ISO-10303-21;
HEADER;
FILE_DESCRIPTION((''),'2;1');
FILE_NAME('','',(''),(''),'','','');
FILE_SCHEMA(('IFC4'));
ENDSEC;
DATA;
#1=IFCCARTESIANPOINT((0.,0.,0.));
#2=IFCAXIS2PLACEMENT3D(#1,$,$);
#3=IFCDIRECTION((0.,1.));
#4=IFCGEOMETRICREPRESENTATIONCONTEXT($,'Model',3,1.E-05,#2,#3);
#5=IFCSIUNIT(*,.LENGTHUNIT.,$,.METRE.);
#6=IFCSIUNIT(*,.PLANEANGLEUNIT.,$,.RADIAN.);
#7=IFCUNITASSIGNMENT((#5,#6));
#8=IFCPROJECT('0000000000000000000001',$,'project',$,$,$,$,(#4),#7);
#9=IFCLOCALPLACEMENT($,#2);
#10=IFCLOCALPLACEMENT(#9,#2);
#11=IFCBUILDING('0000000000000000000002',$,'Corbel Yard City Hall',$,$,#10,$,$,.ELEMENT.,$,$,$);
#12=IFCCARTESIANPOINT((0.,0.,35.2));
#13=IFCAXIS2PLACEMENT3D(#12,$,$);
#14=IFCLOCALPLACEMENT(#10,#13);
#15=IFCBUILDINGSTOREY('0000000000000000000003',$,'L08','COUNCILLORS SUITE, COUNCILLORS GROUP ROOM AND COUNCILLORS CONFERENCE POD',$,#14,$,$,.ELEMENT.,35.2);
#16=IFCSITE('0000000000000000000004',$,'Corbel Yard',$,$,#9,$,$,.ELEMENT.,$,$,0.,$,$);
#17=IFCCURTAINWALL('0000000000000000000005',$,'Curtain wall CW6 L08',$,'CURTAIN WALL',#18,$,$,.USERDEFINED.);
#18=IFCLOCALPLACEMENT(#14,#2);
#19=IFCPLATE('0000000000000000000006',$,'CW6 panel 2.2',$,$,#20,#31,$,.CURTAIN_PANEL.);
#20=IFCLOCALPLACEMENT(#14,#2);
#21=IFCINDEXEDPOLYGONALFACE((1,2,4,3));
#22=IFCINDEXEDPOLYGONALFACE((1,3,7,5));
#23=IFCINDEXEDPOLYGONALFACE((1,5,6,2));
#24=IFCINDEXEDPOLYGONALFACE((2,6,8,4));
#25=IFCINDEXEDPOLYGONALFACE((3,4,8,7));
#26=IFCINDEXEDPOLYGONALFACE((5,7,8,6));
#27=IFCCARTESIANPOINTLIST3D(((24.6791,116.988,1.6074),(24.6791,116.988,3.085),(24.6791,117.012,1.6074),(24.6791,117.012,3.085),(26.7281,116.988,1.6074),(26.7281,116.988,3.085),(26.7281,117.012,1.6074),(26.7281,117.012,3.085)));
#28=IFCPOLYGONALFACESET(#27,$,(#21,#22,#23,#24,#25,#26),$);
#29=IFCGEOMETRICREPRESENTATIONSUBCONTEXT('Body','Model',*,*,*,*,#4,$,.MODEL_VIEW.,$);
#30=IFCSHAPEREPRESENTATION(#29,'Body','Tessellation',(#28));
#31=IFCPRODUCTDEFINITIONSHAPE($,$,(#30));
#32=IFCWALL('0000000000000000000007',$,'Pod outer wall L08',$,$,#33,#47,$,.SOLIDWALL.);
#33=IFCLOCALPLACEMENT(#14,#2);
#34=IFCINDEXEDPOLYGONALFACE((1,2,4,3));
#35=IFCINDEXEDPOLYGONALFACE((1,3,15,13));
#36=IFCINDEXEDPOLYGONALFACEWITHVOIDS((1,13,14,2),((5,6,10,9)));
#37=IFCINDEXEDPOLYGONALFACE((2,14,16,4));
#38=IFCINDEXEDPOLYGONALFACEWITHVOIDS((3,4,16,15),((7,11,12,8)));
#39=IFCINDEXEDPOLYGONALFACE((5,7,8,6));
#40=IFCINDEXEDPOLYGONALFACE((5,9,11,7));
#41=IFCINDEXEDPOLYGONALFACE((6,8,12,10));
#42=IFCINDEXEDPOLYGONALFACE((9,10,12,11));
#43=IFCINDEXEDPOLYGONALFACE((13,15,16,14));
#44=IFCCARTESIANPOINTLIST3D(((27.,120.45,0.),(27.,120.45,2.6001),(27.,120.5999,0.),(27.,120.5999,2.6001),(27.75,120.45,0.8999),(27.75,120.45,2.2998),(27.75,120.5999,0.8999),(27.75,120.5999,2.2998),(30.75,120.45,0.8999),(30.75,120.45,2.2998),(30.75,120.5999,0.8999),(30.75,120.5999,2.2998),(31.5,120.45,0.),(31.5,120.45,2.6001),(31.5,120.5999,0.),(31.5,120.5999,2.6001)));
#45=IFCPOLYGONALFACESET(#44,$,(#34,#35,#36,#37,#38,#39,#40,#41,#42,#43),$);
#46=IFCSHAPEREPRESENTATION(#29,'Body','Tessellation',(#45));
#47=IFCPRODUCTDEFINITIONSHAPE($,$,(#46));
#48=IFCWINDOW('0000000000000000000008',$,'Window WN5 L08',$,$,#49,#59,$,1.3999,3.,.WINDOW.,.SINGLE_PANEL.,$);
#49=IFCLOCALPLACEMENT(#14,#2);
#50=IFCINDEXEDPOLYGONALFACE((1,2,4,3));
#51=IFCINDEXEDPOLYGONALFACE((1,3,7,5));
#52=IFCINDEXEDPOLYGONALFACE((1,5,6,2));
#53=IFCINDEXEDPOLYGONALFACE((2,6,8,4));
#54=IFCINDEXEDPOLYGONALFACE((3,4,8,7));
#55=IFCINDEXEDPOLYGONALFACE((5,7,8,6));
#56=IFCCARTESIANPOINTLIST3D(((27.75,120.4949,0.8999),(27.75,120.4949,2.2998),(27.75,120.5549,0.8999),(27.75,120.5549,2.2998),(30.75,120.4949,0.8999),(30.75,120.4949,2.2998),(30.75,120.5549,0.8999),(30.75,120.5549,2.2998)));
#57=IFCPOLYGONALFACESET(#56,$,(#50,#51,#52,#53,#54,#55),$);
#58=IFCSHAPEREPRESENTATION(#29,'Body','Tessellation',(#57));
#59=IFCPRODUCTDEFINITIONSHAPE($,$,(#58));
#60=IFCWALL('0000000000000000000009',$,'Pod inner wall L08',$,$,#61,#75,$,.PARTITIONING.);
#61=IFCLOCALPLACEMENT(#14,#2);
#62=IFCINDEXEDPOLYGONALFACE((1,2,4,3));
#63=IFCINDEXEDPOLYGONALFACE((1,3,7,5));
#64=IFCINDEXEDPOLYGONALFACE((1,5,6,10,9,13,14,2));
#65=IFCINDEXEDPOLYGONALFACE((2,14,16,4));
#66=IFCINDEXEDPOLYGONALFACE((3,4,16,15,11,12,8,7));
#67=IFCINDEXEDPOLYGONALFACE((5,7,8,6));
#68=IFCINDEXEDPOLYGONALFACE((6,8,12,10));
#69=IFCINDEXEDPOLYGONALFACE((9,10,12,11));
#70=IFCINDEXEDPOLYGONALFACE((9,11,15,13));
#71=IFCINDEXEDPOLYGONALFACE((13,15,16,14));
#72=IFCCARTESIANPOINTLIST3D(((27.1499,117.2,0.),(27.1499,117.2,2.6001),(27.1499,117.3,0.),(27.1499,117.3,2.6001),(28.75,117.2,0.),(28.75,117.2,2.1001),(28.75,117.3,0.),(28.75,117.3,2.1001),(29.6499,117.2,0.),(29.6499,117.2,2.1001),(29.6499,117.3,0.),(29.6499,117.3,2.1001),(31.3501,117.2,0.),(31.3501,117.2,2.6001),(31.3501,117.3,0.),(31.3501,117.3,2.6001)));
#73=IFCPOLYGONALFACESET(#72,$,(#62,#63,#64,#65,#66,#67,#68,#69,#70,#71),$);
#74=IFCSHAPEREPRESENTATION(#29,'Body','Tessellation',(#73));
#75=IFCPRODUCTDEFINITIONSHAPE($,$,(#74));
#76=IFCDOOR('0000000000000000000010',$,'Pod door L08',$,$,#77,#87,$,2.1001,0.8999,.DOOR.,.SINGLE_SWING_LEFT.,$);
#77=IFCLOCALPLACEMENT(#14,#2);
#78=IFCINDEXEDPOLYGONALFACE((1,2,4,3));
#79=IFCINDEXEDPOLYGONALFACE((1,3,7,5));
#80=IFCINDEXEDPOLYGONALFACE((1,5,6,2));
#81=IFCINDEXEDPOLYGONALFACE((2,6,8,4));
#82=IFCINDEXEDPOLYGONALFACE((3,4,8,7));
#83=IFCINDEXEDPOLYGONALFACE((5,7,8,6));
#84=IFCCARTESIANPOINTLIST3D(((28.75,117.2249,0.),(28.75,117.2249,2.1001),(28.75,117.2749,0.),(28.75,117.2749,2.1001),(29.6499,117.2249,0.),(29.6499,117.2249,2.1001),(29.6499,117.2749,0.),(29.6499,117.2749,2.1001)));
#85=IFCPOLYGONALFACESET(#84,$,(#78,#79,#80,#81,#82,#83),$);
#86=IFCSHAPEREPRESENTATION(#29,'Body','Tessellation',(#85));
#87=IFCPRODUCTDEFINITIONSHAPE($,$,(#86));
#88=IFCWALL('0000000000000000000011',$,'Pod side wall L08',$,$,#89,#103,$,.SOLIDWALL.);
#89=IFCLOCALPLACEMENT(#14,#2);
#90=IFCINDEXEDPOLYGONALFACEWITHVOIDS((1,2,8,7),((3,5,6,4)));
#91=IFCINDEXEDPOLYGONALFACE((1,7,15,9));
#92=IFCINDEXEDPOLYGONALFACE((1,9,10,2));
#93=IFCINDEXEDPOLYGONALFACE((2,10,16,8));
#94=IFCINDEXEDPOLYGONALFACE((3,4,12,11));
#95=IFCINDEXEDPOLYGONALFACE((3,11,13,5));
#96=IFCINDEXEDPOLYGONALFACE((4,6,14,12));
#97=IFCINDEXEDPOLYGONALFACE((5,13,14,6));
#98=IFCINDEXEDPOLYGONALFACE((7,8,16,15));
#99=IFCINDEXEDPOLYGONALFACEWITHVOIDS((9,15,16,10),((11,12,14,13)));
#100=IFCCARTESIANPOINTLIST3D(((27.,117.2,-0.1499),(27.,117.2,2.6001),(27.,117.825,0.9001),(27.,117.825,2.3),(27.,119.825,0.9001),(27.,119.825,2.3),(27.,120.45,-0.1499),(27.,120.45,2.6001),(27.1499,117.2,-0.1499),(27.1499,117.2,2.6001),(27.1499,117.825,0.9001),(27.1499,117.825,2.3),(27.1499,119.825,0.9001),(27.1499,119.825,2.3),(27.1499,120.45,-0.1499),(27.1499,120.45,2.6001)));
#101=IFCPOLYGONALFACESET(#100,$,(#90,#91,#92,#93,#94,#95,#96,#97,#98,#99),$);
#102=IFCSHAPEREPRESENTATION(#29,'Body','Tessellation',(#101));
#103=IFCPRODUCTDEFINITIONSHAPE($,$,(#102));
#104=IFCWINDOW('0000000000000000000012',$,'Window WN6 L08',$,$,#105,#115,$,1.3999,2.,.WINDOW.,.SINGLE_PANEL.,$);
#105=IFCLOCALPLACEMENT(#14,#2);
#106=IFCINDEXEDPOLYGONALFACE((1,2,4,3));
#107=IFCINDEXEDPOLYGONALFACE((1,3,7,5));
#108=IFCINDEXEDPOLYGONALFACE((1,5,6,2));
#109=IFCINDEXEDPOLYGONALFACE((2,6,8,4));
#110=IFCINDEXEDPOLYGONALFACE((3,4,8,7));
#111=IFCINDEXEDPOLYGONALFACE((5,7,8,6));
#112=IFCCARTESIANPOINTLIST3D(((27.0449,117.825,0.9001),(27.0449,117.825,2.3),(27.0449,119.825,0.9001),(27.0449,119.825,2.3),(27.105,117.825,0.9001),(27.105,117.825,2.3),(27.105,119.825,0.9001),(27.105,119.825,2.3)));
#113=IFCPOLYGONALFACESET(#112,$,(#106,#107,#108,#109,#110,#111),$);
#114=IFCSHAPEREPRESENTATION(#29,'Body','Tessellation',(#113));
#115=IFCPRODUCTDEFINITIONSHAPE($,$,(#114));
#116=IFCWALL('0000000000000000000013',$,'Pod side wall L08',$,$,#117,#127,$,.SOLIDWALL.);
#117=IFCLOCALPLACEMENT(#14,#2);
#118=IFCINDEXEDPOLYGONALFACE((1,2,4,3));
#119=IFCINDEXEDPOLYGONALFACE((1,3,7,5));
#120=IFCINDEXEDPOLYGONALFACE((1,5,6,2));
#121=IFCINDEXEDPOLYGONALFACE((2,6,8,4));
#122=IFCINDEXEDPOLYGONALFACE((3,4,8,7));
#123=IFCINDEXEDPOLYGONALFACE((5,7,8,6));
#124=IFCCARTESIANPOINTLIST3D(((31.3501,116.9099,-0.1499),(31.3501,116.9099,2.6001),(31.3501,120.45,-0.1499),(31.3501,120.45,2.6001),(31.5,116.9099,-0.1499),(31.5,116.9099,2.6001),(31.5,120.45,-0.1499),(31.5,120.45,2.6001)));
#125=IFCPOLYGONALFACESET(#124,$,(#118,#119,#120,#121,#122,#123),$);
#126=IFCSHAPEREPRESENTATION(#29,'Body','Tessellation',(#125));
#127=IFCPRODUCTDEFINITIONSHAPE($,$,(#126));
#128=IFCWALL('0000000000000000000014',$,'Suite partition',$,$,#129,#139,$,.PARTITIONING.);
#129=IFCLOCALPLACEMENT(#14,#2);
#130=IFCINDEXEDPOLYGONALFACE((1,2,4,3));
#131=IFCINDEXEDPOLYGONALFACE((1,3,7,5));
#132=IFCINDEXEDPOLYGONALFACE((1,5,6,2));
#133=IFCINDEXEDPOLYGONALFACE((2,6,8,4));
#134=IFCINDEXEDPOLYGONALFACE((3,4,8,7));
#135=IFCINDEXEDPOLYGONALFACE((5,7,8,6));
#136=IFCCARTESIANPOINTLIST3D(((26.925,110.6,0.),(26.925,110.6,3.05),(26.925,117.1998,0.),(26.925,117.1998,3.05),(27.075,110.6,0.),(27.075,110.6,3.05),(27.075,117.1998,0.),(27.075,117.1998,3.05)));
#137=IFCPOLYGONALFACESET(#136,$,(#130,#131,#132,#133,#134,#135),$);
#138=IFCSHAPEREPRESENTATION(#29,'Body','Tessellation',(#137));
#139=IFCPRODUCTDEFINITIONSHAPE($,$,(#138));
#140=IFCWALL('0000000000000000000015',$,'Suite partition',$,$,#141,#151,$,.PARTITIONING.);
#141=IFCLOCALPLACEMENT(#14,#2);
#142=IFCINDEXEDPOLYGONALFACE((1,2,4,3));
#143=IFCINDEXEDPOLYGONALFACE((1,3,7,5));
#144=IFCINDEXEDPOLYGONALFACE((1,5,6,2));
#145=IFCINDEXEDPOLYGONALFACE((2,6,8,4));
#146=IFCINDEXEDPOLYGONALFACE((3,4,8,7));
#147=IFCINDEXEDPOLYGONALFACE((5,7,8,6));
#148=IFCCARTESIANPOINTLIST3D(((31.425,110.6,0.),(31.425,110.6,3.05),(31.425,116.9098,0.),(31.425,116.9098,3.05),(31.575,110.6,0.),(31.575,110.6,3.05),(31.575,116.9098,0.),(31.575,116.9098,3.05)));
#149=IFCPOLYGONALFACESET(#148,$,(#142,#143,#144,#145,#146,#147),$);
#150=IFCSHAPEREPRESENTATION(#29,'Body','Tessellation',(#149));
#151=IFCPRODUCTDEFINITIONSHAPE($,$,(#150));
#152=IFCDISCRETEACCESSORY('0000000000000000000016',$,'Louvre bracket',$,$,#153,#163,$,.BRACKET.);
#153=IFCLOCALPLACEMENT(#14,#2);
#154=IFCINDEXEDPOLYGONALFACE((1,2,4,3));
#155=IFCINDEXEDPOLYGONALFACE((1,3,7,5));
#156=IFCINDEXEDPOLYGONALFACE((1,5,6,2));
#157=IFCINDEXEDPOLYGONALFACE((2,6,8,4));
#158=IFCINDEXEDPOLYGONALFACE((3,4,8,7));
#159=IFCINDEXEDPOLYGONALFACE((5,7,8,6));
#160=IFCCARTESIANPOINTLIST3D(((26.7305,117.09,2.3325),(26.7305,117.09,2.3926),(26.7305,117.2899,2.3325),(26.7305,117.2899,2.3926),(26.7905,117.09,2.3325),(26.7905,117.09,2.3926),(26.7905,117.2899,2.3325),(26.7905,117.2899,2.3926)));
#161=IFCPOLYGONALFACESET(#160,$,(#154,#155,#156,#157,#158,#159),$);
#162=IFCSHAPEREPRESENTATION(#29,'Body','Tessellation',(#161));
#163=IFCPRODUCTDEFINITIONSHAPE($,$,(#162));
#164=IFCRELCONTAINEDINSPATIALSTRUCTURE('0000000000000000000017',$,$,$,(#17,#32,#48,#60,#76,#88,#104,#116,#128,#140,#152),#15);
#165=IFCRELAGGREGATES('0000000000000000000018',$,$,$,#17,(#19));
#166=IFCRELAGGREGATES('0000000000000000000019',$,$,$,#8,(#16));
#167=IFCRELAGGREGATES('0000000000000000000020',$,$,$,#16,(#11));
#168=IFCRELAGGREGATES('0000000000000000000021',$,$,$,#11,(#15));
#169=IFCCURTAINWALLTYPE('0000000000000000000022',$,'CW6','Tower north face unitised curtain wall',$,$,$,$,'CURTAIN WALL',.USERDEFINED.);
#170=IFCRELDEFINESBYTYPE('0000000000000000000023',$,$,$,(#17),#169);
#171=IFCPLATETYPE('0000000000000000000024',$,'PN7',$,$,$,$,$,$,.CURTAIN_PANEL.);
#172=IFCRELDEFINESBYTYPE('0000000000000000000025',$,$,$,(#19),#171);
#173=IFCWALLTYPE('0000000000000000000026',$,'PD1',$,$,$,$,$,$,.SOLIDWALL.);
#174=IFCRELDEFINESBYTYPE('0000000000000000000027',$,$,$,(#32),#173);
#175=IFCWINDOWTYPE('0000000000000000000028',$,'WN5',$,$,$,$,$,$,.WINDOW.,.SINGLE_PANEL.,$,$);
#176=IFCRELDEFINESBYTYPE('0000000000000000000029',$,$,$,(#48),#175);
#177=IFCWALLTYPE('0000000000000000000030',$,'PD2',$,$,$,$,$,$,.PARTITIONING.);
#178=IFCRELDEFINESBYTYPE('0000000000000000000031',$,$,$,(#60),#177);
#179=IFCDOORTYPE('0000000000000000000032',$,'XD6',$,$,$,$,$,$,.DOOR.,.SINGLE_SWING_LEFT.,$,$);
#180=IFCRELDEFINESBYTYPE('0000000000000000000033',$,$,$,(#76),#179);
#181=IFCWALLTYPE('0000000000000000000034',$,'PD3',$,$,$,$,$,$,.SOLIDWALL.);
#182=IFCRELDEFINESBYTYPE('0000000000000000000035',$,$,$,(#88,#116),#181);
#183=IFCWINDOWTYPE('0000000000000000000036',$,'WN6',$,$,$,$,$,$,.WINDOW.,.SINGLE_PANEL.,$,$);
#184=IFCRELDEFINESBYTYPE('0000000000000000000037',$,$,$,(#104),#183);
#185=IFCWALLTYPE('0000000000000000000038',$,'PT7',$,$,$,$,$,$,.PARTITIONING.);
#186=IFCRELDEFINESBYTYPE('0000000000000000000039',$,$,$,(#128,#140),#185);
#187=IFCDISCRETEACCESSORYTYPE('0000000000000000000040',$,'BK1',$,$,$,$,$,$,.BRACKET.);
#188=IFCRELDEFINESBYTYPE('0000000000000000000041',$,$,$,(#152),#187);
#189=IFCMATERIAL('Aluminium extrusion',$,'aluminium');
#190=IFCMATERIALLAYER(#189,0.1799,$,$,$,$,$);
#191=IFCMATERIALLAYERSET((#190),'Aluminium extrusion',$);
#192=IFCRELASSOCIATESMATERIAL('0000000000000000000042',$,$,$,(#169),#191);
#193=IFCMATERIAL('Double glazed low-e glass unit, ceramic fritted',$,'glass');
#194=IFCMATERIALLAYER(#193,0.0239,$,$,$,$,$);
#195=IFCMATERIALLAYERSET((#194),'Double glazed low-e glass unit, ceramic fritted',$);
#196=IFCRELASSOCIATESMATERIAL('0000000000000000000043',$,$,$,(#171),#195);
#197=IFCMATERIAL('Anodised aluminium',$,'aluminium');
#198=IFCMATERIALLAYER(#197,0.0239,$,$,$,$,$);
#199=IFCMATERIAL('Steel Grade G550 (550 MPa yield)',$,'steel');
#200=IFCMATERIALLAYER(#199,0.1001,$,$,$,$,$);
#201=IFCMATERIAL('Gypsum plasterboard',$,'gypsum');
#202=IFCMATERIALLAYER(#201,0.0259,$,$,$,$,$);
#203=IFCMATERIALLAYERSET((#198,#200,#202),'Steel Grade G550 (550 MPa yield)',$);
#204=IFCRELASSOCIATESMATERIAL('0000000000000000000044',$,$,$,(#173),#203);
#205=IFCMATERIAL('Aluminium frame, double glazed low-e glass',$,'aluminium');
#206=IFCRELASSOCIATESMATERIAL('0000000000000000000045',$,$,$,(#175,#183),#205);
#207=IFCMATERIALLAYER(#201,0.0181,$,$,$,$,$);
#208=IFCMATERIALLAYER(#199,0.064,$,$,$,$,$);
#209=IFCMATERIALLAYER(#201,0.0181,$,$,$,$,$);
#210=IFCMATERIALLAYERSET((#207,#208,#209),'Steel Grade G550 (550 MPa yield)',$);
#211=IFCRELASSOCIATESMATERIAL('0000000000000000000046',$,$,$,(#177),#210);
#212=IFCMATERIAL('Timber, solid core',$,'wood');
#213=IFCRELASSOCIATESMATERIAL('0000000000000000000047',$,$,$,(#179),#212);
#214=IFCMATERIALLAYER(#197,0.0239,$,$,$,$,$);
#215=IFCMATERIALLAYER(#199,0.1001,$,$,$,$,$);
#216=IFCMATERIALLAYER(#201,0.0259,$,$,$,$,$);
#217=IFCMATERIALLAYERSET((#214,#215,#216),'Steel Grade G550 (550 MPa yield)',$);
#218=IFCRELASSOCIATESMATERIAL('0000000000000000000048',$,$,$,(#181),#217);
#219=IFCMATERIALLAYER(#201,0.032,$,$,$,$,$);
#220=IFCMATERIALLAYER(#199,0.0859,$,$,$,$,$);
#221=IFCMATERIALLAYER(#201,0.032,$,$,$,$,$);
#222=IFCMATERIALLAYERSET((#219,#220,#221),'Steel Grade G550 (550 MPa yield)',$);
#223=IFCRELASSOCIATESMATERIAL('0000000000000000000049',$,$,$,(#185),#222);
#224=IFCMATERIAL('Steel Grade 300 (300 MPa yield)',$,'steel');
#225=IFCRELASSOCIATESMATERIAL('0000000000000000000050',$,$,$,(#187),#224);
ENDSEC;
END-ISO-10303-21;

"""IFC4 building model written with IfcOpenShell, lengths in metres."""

from ifc_helpers import new_model, si_unit, direction, frame, frame_2d, origin, origin_2d, place, context, subcontext, project, spatial, rectangle, extrude, material, layer, layer_set, type_object, element, fill, aggregate, save


model = new_model("IFC4")

# Units and contexts
model_context = context("Model", 3, precision=1e-05, world=origin(), true_north=direction((0.0, 1.0)))
body_context = subcontext(model_context, "Body", "Model", "MODEL_VIEW")
ifc_project = project(units=[si_unit("LENGTHUNIT", "METRE"), si_unit("PLANEANGLEUNIT", "RADIAN")], contexts=[model_context])

# Site, building, storey
site_placement = place(None, origin())
site = spatial("IfcSite", under=ifc_project, at=site_placement, Name="Corbel Yard", CompositionType="ELEMENT", RefElevation=0.0)
building_placement = place(site_placement, origin())
building = spatial("IfcBuilding", under=site, at=building_placement, Name="Corbel Yard City Hall", CompositionType="ELEMENT")
storey_placement = place(building_placement, frame((0.0, 0.0, 35.2)))
storey = spatial("IfcBuildingStorey", under=building, at=storey_placement, Name="L08", Description="COUNCILLORS SUITE, COUNCILLORS GROUP ROOM AND COUNCILLORS CONFERENCE POD", CompositionType="ELEMENT", Elevation=35.2)

# Curtain wall
ifc_material_1 = material(Name="Aluminium extrusion", Category="aluminium")
ifc_layer_1 = layer(ifc_material_1, 0.1799)
ifc_layer_set_1 = layer_set([ifc_layer_1], Name="Aluminium extrusion")
curtain_wall_type = type_object("IfcCurtainWallType", Name="CW6", Description="Tower north face unitised curtain wall", ElementType="CURTAIN WALL", PredefinedType="USERDEFINED", material=ifc_layer_set_1)
curtain_wall_1_placement = place(storey_placement, origin())
curtain_wall_1 = element("IfcCurtainWall", 1, at=curtain_wall_1_placement, inside=storey, type_object=curtain_wall_type, Name="Curtain wall CW6 L08", ObjectType="CURTAIN WALL", PredefinedType="USERDEFINED")

# Shared definitions
ifc_material_2 = material(Name="Steel Grade 300 (300 MPa yield)", Category="steel")

# Plate
ifc_material_3 = material(Name="Double glazed low-e glass unit, ceramic fritted", Category="glass")
ifc_layer_2 = layer(ifc_material_3, 0.0239)
ifc_layer_set_2 = layer_set([ifc_layer_2], Name="Double glazed low-e glass unit, ceramic fritted")
plate_type = type_object("IfcPlateType", Name="PN7", PredefinedType="CURTAIN_PANEL", material=ifc_layer_set_2)
plate_1_placement = place(storey_placement, frame((25.7036, 117.0, 1.6074), z_axis=(0.0, 0.0, 1.0), x_axis=(1.0, 0.0, 0.0)))
plate_1 = element("IfcPlate", 2, at=plate_1_placement, type_object=plate_type, Name="CW6 panel 2.2", PredefinedType="CURTAIN_PANEL", context=body_context, shape_type="SweptSolid", body=[
    extrude(rectangle(XDim=2.0491, YDim=0.0239, at=origin_2d()), origin(), (0.0, 0.0, 1.0), 1.4775),
])
aggregate(curtain_wall_1, [plate_1])

# Wall, opening, window
ifc_material_4 = material(Name="Anodised aluminium", Category="aluminium")
ifc_layer_3 = layer(ifc_material_4, 0.0239)
ifc_material_5 = material(Name="Steel Grade G550 (550 MPa yield)", Category="steel")
ifc_layer_4 = layer(ifc_material_5, 0.1001)
ifc_material_6 = material(Name="Gypsum plasterboard", Category="gypsum")
ifc_layer_5 = layer(ifc_material_6, 0.0259)
ifc_layer_set_3 = layer_set([ifc_layer_3, ifc_layer_4, ifc_layer_5], Name="Steel Grade G550 (550 MPa yield)")
wall_type_1 = type_object("IfcWallType", Name="PD1", PredefinedType="SOLIDWALL", material=ifc_layer_set_3)
wall_1_placement = place(storey_placement, frame((27.0, 120.5249, 0.0), z_axis=(0.0, 0.0, 1.0), x_axis=(1.0, 0.0, 0.0)))
wall_1 = element("IfcWall", 3, at=wall_1_placement, inside=storey, type_object=wall_type_1, Name="Pod outer wall L08", PredefinedType="SOLIDWALL", context=body_context, shape_type="SweptSolid", body=[
    extrude(rectangle(XDim=4.5, YDim=0.1499, at=frame_2d((2.25, 0.0))), origin(), (0.0, 0.0, 1.0), 2.6001),
])
opening_1_placement = place(wall_1_placement, frame((0.75, 0.0, 0.8999)))
opening_1 = element("IfcOpeningElement", 4, at=opening_1_placement, cuts=wall_1, PredefinedType="OPENING", context=body_context, shape_type="SweptSolid", body=[
    extrude(rectangle(XDim=3.0, YDim=1.3999, at=frame_2d((1.5, 0.7))), frame((0.0, 0.085, 0.0), z_axis=(0.0, -1.0, 0.0), x_axis=(1.0, 0.0, 0.0)), (0.0, 0.0, 1.0), 0.1699),
])
ifc_material_7 = material(Name="Aluminium frame, double glazed low-e glass", Category="aluminium")
window_type_1 = type_object("IfcWindowType", Name="WN5", PartitioningType="SINGLE_PANEL", PredefinedType="WINDOW", material=ifc_material_7)
window_1_placement = place(opening_1_placement, origin())
window_1 = element("IfcWindow", 5, at=window_1_placement, inside=storey, type_object=window_type_1, Name="Window WN5 L08", OverallHeight=1.3999, OverallWidth=3.0, PartitioningType="SINGLE_PANEL", PredefinedType="WINDOW", context=body_context, shape_type="SweptSolid", body=[
    extrude(rectangle(XDim=3.0, YDim=1.3999, at=frame_2d((1.5, 0.7))), frame((0.0, 0.03, 0.0), z_axis=(0.0, -1.0, 0.0), x_axis=(1.0, 0.0, 0.0)), (0.0, 0.0, 1.0), 0.0601),
])
fill(opening_1, window_1)

# Wall, opening, door
ifc_layer_6 = layer(ifc_material_6, 0.0181)
ifc_layer_7 = layer(ifc_material_5, 0.064)
ifc_layer_8 = layer(ifc_material_6, 0.0181)
ifc_layer_set_4 = layer_set([ifc_layer_6, ifc_layer_7, ifc_layer_8], Name="Steel Grade G550 (550 MPa yield)")
wall_type_2 = type_object("IfcWallType", Name="PD2", PredefinedType="PARTITIONING", material=ifc_layer_set_4)
wall_2_placement = place(storey_placement, frame((27.1499, 117.25, 0.0), z_axis=(0.0, 0.0, 1.0), x_axis=(1.0, 0.0, 0.0)))
wall_2 = element("IfcWall", 6, at=wall_2_placement, inside=storey, type_object=wall_type_2, Name="Pod inner wall L08", PredefinedType="PARTITIONING", context=body_context, shape_type="SweptSolid", body=[
    extrude(rectangle(XDim=4.2002, YDim=0.1001, at=frame_2d((2.1001, 0.0))), origin(), (0.0, 0.0, 1.0), 2.6001),
])
opening_2_placement = place(wall_2_placement, frame((1.6001, 0.0, 0.0)))
opening_2 = element("IfcOpeningElement", 7, at=opening_2_placement, cuts=wall_2, PredefinedType="OPENING", context=body_context, shape_type="SweptSolid", body=[
    extrude(rectangle(XDim=0.8999, YDim=2.1001, at=frame_2d((0.45, 1.05))), frame((0.0, 0.0601, 0.0), z_axis=(0.0, -1.0, 0.0), x_axis=(1.0, 0.0, 0.0)), (0.0, 0.0, 1.0), 0.1201),
])
ifc_material_8 = material(Name="Timber, solid core", Category="wood")
door_type = type_object("IfcDoorType", Name="XD6", OperationType="SINGLE_SWING_LEFT", PredefinedType="DOOR", material=ifc_material_8)
door_placement = place(opening_2_placement, origin())
door = element("IfcDoor", 8, at=door_placement, inside=storey, type_object=door_type, Name="Pod door L08", OperationType="SINGLE_SWING_LEFT", OverallHeight=2.1001, OverallWidth=0.8999, PredefinedType="DOOR", context=body_context, shape_type="SweptSolid", body=[
    extrude(rectangle(XDim=0.8999, YDim=2.1001, at=frame_2d((0.45, 1.05))), frame((0.0, 0.0249, 0.0), z_axis=(0.0, -1.0, 0.0), x_axis=(1.0, 0.0, 0.0)), (0.0, 0.0, 1.0), 0.05),
])
fill(opening_2, door)

# Wall, opening, window
ifc_layer_9 = layer(ifc_material_4, 0.0239)
ifc_layer_10 = layer(ifc_material_5, 0.1001)
ifc_layer_11 = layer(ifc_material_6, 0.0259)
ifc_layer_set_5 = layer_set([ifc_layer_9, ifc_layer_10, ifc_layer_11], Name="Steel Grade G550 (550 MPa yield)")
wall_type_3 = type_object("IfcWallType", Name="PD3", PredefinedType="SOLIDWALL", material=ifc_layer_set_5)
wall_3_placement = place(storey_placement, frame((27.075, 120.45, -0.1499), z_axis=(0.0, 0.0, 1.0), x_axis=(0.0, -1.0, 0.0)))
wall_3 = element("IfcWall", 9, at=wall_3_placement, inside=storey, type_object=wall_type_3, Name="Pod side wall L08", PredefinedType="SOLIDWALL", context=body_context, shape_type="SweptSolid", body=[
    extrude(rectangle(XDim=3.25, YDim=0.1499, at=frame_2d((1.625, 0.0))), origin(), (0.0, 0.0, 1.0), 2.75),
])
opening_3_placement = place(wall_3_placement, frame((0.625, 0.0, 1.05)))
opening_3 = element("IfcOpeningElement", 10, at=opening_3_placement, cuts=wall_3, PredefinedType="OPENING", context=body_context, shape_type="SweptSolid", body=[
    extrude(rectangle(XDim=2.0, YDim=1.3999, at=frame_2d((1.0, 0.7))), frame((0.0, 0.085, 0.0), z_axis=(0.0, -1.0, 0.0), x_axis=(1.0, 0.0, 0.0)), (0.0, 0.0, 1.0), 0.1699),
])
window_type_2 = type_object("IfcWindowType", Name="WN6", PartitioningType="SINGLE_PANEL", PredefinedType="WINDOW", material=ifc_material_7)
window_2_placement = place(opening_3_placement, origin())
window_2 = element("IfcWindow", 11, at=window_2_placement, inside=storey, type_object=window_type_2, Name="Window WN6 L08", OverallHeight=1.3999, OverallWidth=2.0, PartitioningType="SINGLE_PANEL", PredefinedType="WINDOW", context=body_context, shape_type="SweptSolid", body=[
    extrude(rectangle(XDim=2.0, YDim=1.3999, at=frame_2d((1.0, 0.7))), frame((0.0, 0.03, 0.0), z_axis=(0.0, -1.0, 0.0), x_axis=(1.0, 0.0, 0.0)), (0.0, 0.0, 1.0), 0.0601),
])
fill(opening_3, window_2)

# Walls
wall_4_placement = place(storey_placement, frame((31.425, 120.45, -0.1499), z_axis=(0.0, 0.0, 1.0), x_axis=(0.0, -1.0, 0.0)))
element("IfcWall", 12, at=wall_4_placement, inside=storey, type_object=wall_type_3, Name="Pod side wall L08", PredefinedType="SOLIDWALL", context=body_context, shape_type="SweptSolid", body=[
    extrude(rectangle(XDim=3.54, YDim=0.1499, at=frame_2d((1.77, 0.0))), origin(), (0.0, 0.0, 1.0), 2.75),
])
ifc_layer_12 = layer(ifc_material_6, 0.032)
ifc_layer_13 = layer(ifc_material_5, 0.0859)
ifc_layer_14 = layer(ifc_material_6, 0.032)
ifc_layer_set_6 = layer_set([ifc_layer_12, ifc_layer_13, ifc_layer_14], Name="Steel Grade G550 (550 MPa yield)")
wall_type_4 = type_object("IfcWallType", Name="PT7", PredefinedType="PARTITIONING", material=ifc_layer_set_6)
wall_5_placement = place(storey_placement, frame((27.0, 110.6001, 0.0), z_axis=(0.0, 0.0, 1.0), x_axis=(0.0, 1.0, 0.0)))
element("IfcWall", 13, at=wall_5_placement, inside=storey, type_object=wall_type_4, Name="Suite partition", PredefinedType="PARTITIONING", context=body_context, shape_type="SweptSolid", body=[
    extrude(rectangle(XDim=6.5999, YDim=0.1499, at=frame_2d((3.2998, 0.0))), origin(), (0.0, 0.0, 1.0), 3.05),
])
wall_6_placement = place(storey_placement, frame((31.5, 110.6001, 0.0), z_axis=(0.0, 0.0, 1.0), x_axis=(0.0, 1.0, 0.0)))
element("IfcWall", 14, at=wall_6_placement, inside=storey, type_object=wall_type_4, Name="Suite partition", PredefinedType="PARTITIONING", context=body_context, shape_type="SweptSolid", body=[
    extrude(rectangle(XDim=6.3098, YDim=0.1499, at=frame_2d((3.1548, 0.0))), origin(), (0.0, 0.0, 1.0), 3.05),
])

# Discrete accessory
discrete_accessory_type = type_object("IfcDiscreteAccessoryType", Name="BK1", PredefinedType="BRACKET", material=ifc_material_2)
discrete_accessory_placement = place(storey_placement, frame((26.7605, 117.1899, 2.3325), z_axis=(0.0, 0.0, 1.0), x_axis=(1.0, 0.0, 0.0)))
element("IfcDiscreteAccessory", 15, at=discrete_accessory_placement, inside=storey, type_object=discrete_accessory_type, Name="Louvre bracket", PredefinedType="BRACKET", context=body_context, shape_type="SweptSolid", body=[
    extrude(rectangle(XDim=0.0601, YDim=0.2, at=origin_2d()), origin(), (0.0, 0.0, 1.0), 0.0601),
])

save(model, "model.ifc")
